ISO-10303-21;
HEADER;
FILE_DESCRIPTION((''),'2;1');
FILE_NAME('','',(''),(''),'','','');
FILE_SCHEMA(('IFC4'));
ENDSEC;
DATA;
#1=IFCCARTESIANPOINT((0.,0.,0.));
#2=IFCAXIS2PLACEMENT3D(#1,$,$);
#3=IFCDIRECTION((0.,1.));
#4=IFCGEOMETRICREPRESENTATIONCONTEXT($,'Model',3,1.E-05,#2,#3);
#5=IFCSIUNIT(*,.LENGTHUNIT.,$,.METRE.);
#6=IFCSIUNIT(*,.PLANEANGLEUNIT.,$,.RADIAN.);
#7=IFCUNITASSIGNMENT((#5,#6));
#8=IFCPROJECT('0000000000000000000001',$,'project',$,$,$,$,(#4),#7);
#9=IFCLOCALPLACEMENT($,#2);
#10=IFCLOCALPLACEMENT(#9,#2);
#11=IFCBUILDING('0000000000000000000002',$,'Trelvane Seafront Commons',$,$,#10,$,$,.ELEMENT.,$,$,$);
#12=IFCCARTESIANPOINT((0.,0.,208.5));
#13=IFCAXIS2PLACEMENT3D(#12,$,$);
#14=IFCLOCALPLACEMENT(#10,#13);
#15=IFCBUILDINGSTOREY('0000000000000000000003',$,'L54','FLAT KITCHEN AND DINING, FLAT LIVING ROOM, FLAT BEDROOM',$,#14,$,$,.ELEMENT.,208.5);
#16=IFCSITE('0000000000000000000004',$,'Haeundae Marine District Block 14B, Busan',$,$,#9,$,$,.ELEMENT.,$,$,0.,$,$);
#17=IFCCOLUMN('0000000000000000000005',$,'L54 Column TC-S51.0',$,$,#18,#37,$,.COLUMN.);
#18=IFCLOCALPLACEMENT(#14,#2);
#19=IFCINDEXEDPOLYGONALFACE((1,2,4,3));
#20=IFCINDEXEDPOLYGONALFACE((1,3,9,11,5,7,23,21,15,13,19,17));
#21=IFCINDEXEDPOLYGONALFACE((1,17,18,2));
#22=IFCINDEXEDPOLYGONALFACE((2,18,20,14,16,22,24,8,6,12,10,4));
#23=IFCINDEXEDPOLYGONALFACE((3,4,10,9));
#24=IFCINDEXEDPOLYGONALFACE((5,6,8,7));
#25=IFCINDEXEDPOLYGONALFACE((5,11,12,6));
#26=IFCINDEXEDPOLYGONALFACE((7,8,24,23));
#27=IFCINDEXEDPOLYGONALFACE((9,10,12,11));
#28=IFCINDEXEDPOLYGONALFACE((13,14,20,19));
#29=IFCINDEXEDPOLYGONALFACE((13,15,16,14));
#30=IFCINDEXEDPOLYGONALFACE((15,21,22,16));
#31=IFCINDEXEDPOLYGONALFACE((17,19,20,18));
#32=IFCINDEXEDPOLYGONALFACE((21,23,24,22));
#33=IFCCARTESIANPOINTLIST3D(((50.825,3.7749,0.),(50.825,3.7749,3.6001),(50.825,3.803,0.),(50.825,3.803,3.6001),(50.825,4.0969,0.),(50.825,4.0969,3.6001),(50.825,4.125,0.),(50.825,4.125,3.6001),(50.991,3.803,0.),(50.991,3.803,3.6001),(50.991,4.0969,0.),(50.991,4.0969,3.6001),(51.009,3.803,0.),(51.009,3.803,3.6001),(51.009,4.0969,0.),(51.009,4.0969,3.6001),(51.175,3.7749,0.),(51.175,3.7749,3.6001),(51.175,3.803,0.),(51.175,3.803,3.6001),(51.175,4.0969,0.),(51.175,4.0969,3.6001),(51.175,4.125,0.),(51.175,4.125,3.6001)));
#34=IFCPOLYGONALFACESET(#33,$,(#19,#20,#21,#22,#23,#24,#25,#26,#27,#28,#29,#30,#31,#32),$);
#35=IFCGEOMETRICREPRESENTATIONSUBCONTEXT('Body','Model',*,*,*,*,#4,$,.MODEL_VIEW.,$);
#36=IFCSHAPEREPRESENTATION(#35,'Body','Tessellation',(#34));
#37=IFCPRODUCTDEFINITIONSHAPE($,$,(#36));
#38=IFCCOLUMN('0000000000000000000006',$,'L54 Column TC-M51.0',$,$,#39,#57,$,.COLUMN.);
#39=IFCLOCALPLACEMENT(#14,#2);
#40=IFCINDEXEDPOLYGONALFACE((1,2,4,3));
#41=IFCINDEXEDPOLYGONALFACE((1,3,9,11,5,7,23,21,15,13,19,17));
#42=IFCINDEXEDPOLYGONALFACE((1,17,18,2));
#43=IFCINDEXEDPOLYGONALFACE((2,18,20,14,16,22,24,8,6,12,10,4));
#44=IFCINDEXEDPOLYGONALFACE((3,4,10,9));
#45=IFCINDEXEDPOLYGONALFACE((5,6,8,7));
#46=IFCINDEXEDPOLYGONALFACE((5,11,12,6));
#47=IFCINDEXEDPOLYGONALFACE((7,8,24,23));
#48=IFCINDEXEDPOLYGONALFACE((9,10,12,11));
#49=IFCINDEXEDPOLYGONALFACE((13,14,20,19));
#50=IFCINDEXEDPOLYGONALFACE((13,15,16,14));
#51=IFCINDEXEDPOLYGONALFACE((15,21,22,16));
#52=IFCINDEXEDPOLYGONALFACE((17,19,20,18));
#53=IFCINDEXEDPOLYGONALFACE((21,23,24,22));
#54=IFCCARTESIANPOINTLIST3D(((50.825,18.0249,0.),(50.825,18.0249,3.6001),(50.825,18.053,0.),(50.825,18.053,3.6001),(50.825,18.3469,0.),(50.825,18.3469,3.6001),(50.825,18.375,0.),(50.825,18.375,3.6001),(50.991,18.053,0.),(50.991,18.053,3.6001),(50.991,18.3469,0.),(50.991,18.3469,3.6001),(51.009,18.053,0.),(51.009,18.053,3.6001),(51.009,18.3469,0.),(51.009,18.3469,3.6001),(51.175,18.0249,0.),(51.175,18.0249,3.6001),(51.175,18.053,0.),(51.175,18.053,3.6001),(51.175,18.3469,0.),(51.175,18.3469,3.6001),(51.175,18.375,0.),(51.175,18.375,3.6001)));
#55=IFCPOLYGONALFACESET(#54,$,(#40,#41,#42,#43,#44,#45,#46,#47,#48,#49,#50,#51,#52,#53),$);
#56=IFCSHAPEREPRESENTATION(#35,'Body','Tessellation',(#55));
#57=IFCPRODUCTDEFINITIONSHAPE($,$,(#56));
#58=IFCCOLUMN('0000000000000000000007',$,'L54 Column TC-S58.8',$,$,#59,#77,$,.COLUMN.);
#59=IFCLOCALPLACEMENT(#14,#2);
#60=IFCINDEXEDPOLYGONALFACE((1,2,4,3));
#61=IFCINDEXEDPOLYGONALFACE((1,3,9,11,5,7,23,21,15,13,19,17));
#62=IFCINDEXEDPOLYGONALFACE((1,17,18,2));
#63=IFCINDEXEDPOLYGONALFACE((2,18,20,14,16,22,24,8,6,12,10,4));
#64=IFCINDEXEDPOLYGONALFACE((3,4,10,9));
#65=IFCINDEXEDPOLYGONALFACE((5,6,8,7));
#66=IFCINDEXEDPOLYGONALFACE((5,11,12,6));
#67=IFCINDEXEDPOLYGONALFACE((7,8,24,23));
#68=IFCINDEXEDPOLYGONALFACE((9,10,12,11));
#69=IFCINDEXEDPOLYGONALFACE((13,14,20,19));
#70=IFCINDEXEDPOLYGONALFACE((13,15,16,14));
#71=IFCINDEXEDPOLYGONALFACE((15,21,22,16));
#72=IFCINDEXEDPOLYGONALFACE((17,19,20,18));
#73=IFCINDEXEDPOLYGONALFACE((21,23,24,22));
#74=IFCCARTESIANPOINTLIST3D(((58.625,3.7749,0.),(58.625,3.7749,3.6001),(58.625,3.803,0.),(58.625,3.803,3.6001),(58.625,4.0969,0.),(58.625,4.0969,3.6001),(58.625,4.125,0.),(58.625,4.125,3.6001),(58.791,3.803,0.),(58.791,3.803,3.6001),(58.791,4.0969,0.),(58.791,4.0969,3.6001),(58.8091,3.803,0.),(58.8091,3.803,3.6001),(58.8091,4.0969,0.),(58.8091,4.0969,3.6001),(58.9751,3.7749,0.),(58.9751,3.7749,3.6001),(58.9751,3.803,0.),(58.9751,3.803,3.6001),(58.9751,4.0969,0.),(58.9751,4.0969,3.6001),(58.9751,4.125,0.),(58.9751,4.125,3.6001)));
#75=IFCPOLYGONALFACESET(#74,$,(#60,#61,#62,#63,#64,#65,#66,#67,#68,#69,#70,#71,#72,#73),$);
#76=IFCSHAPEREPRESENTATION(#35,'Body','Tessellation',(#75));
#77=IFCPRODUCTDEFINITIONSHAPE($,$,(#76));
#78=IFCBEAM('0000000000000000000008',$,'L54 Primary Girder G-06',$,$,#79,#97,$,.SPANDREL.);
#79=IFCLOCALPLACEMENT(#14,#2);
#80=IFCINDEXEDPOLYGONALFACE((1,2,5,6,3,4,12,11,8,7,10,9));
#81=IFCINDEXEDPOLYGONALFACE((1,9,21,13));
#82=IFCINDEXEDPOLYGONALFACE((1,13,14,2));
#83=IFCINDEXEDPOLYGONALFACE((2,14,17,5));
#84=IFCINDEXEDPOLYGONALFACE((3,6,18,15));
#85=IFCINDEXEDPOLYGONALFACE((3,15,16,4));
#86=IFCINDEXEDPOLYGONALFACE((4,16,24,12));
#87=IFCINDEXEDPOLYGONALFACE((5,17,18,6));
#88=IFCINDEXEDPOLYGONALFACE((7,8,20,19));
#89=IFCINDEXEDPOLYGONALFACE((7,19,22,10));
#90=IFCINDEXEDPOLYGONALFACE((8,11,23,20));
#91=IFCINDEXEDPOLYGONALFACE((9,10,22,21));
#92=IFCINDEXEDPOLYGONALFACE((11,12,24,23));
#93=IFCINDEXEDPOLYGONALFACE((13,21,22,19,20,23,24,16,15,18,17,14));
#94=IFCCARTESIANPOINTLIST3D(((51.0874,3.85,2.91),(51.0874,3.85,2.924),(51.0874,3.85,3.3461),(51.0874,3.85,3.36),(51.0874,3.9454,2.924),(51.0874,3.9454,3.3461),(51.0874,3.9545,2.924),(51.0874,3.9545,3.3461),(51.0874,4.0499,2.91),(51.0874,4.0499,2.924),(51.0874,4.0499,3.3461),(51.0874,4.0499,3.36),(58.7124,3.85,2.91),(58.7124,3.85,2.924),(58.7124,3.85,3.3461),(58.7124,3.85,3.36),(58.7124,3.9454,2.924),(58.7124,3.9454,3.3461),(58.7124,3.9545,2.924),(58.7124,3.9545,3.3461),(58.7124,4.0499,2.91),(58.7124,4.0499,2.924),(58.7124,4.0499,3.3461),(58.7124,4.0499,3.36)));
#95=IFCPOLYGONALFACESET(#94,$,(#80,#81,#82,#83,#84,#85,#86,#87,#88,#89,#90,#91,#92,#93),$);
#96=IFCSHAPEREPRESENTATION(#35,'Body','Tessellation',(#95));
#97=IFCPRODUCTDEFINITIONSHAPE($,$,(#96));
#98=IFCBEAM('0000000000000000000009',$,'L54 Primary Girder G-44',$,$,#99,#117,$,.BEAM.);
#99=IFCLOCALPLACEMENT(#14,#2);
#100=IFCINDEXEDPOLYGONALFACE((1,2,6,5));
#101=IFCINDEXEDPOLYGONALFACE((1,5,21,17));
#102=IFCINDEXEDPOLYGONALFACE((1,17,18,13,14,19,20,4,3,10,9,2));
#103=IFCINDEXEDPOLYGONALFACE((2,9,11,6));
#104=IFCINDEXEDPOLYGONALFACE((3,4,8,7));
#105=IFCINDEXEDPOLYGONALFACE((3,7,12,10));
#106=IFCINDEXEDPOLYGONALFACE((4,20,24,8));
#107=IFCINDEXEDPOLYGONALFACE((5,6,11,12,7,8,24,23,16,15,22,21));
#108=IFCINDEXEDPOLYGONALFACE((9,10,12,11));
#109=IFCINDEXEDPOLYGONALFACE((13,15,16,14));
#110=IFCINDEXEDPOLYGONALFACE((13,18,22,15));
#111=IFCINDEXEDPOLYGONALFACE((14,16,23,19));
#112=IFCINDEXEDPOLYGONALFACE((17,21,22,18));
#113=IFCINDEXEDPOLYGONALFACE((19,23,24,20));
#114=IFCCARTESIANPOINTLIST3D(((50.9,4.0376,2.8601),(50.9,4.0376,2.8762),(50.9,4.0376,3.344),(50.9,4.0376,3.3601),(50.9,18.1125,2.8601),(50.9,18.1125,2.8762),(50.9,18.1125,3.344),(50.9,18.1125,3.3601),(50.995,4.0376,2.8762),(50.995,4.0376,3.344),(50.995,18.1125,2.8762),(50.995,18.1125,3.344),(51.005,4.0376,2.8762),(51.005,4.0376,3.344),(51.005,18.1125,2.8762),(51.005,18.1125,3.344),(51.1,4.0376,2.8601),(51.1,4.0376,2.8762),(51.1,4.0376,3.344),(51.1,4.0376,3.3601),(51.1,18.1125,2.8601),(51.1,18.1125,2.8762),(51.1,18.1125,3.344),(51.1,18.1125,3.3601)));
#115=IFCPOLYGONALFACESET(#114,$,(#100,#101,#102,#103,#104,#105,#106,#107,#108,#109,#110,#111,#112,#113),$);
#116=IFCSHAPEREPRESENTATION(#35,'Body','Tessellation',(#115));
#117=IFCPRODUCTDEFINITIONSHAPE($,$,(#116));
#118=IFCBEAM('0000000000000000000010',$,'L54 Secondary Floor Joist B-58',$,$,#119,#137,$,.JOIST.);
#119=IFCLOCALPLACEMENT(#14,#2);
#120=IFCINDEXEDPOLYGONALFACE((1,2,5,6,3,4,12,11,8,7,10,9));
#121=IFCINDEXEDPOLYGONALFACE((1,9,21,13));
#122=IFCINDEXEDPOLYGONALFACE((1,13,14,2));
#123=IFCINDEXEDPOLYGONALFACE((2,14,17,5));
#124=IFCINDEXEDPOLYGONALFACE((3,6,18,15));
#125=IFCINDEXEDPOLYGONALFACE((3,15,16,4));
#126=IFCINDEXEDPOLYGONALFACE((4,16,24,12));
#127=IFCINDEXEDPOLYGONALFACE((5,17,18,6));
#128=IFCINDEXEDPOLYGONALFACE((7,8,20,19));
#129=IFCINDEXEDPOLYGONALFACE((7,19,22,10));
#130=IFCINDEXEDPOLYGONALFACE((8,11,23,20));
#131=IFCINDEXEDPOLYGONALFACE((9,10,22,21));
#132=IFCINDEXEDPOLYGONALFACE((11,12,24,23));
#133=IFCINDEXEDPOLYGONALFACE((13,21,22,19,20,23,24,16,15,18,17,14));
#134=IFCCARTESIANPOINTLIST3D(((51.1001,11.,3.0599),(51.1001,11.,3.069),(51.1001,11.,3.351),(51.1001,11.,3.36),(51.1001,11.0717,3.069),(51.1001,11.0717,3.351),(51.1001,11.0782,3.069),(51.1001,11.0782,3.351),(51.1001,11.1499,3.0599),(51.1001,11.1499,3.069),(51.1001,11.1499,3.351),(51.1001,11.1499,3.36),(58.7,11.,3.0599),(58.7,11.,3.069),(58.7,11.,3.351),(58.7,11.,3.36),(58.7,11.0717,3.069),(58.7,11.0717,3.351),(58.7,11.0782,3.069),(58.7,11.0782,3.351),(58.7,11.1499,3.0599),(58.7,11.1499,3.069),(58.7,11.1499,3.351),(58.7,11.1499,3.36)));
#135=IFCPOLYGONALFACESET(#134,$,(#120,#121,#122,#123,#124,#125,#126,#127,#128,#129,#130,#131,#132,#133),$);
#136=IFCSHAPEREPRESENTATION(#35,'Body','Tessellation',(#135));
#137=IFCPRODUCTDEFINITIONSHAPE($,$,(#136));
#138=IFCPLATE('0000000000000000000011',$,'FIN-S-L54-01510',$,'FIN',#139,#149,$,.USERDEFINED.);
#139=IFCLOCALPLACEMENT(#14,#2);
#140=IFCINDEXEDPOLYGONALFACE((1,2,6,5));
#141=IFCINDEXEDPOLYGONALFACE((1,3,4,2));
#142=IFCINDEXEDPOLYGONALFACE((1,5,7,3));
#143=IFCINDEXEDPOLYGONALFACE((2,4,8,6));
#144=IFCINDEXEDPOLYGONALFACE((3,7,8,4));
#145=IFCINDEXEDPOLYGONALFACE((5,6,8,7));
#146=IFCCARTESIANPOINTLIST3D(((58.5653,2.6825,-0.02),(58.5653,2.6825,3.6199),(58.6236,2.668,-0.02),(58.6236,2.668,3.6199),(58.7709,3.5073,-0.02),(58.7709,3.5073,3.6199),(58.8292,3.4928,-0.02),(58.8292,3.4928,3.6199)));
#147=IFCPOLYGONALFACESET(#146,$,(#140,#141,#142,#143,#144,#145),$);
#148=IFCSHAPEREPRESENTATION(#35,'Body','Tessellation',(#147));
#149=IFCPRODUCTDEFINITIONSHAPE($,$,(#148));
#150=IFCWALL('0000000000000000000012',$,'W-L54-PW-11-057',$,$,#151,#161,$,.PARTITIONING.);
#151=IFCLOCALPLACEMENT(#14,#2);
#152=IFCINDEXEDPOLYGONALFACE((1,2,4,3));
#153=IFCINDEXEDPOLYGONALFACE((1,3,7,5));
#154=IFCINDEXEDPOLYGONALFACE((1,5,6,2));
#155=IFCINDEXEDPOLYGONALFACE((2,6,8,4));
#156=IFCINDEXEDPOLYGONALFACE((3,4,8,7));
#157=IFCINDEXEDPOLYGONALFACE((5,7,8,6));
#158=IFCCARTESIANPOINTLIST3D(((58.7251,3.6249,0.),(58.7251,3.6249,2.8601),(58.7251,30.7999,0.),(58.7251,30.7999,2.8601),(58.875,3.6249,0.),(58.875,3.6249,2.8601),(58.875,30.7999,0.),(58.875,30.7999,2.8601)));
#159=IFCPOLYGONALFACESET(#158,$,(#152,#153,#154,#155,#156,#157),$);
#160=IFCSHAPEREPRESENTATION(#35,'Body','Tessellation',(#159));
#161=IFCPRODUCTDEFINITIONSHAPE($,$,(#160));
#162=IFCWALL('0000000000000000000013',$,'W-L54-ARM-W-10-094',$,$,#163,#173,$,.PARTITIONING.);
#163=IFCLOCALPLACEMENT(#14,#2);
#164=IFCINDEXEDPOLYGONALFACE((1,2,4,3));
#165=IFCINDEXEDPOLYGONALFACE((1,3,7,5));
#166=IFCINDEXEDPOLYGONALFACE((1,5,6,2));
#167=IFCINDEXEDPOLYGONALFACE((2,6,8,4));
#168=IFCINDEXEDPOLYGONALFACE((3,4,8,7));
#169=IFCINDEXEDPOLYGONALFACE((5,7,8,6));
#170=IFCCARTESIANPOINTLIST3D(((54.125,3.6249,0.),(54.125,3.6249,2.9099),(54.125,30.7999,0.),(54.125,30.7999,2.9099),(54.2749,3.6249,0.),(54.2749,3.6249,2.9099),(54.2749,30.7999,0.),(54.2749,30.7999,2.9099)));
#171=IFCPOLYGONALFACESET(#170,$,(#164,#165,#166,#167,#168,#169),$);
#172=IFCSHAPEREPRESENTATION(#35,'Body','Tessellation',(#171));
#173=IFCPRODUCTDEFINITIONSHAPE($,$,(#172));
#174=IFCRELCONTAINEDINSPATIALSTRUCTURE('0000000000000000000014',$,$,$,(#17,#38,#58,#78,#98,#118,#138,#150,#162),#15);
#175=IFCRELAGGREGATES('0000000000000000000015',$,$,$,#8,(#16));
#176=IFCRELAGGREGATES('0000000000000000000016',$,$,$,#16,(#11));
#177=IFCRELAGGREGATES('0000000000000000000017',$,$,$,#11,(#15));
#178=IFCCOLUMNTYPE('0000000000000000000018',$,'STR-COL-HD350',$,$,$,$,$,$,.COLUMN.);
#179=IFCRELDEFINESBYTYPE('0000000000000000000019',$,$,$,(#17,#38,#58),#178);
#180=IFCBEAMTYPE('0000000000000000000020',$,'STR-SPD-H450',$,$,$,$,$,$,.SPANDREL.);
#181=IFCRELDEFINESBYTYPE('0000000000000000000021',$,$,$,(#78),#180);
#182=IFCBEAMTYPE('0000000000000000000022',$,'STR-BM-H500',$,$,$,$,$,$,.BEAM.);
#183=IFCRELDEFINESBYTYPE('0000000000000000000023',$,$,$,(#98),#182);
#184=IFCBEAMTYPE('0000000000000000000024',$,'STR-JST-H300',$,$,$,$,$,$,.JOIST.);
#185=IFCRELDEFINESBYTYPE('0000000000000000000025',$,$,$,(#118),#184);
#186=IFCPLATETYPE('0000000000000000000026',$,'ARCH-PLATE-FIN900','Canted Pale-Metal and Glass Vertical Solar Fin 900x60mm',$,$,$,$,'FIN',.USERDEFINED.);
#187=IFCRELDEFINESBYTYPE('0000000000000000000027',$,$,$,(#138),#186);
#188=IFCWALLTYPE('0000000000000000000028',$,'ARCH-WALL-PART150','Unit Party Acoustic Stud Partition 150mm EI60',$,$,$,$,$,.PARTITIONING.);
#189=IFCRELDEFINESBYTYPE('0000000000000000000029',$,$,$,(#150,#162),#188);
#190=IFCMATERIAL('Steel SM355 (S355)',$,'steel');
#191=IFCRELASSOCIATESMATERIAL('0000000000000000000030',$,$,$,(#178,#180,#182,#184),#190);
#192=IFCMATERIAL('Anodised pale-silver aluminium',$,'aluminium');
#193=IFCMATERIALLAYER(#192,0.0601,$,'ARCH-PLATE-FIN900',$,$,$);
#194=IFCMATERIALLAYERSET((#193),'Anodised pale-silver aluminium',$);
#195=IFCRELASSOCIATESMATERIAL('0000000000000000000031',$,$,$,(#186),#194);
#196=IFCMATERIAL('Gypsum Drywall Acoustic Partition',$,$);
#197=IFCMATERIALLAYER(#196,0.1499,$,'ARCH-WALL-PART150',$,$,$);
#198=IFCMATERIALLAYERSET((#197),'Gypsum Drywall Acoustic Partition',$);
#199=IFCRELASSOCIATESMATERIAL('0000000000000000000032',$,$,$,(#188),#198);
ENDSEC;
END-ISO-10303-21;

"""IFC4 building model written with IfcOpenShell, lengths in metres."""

from ifc_helpers import new_model, si_unit, direction, frame, frame_2d, origin, origin_2d, place, context, subcontext, project, spatial, rectangle, i_section, extrude, source, transform, mapped, material, layer, layer_set, material_profile, profile_set, type_object, element, save


model = new_model("IFC4")

# Units and contexts
model_context = context("Model", 3, precision=1e-05, world=origin(), true_north=direction((0.0, 1.0)))
body_context = subcontext(model_context, "Body", "Model", "MODEL_VIEW")
ifc_project = project(units=[si_unit("LENGTHUNIT", "METRE"), si_unit("PLANEANGLEUNIT", "RADIAN")], contexts=[model_context])

# Site, building, storey
site_placement = place(None, origin())
site = spatial("IfcSite", under=ifc_project, at=site_placement, Name="Haeundae Marine District Block 14B, Busan", CompositionType="ELEMENT", RefElevation=0.0)
building_placement = place(site_placement, origin())
building = spatial("IfcBuilding", under=site, at=building_placement, Name="Trelvane Seafront Commons", CompositionType="ELEMENT")
storey_placement = place(building_placement, frame((0.0, 0.0, 208.5)))
storey = spatial("IfcBuildingStorey", under=building, at=storey_placement, Name="L54", Description="FLAT KITCHEN AND DINING, FLAT LIVING ROOM, FLAT BEDROOM", CompositionType="ELEMENT", Elevation=208.5)

# Columns
ifc_material_1 = material(Name="Steel SM355 (S355)", Category="steel")
ifc_material_profile_1 = material_profile(ifc_material_1, i_section(OverallWidth=0.3501, OverallDepth=0.3501, WebThickness=0.0181, FlangeThickness=0.0281, at=origin_2d()), Name="HD-350x350x18x28")
ifc_profile_set_1 = profile_set([ifc_material_profile_1], Name="Steel SM355 (S355)")
column_type = type_object("IfcColumnType", Name="STR-COL-HD350", PredefinedType="COLUMN", material=ifc_profile_set_1)
shared_shape_1 = source(origin(), body_context, "Body", "SweptSolid", [
    extrude(i_section(OverallWidth=0.3501, OverallDepth=0.3501, WebThickness=0.0181, FlangeThickness=0.0281, at=origin_2d()), origin(), (0.0, 0.0, 1.0), 3.6001),
])
for number, where, z_axis, x_axis, name in (
    (1, (51.0, 3.95, 0.0), (0.0, 0.0, 1.0), (1.0, 0.0, 0.0), "L54 Column TC-S51.0"),
    (2, (51.0, 18.2, 0.0), (0.0, 0.0, 1.0), (1.0, 0.0, 0.0), "L54 Column TC-M51.0"),
    (3, (58.8, 3.95, 0.0), (0.0, 0.0, 1.0), (1.0, 0.0, 0.0), "L54 Column TC-S58.8"),
):
    element("IfcColumn", number, at=place(storey_placement, frame(where, z_axis=z_axis, x_axis=x_axis)), inside=storey, type_object=column_type, Name=name, PredefinedType="COLUMN", context=body_context, shape_type="MappedRepresentation", body=[
        mapped(shared_shape_1, transform((0.0, 0.0, 0.0), x_axis=(1.0, 0.0, 0.0), y_axis=(0.0, 1.0, 0.0), z_axis=(0.0, 0.0, 1.0), scale=1.0)),
    ])

# Beams
ifc_material_profile_2 = material_profile(ifc_material_1, i_section(OverallWidth=0.2, OverallDepth=0.45, WebThickness=0.009, FlangeThickness=0.0139, at=origin_2d()), Name="H-450x200x9x14")
ifc_profile_set_2 = profile_set([ifc_material_profile_2], Name="Steel SM355 (S355)")
beam_type_1 = type_object("IfcBeamType", Name="STR-SPD-H450", PredefinedType="SPANDREL", material=ifc_profile_set_2)
shared_shape_2 = source(origin(), body_context, "Body", "SweptSolid", [
    extrude(i_section(OverallWidth=0.2, OverallDepth=0.45, WebThickness=0.009, FlangeThickness=0.0139, at=origin_2d()), origin(), (0.0, 0.0, 1.0), 7.625),
])
beam_1_placement = place(storey_placement, frame((51.0874, 3.95, 3.135), z_axis=(1.0, 0.0, 0.0), x_axis=(0.0, 1.0, 0.0)))
element("IfcBeam", 4, at=beam_1_placement, inside=storey, type_object=beam_type_1, Name="L54 Primary Girder G-06", PredefinedType="SPANDREL", context=body_context, shape_type="MappedRepresentation", body=[
    mapped(shared_shape_2, transform((0.0, 0.0, 0.0), x_axis=(1.0, 0.0, 0.0), y_axis=(0.0, 1.0, 0.0), z_axis=(0.0, 0.0, 1.0), scale=1.0)),
])
ifc_material_profile_3 = material_profile(ifc_material_1, i_section(OverallWidth=0.2, OverallDepth=0.5, WebThickness=0.01, FlangeThickness=0.0161, at=origin_2d()), Name="H-500x200x10x16")
ifc_profile_set_3 = profile_set([ifc_material_profile_3], Name="Steel SM355 (S355)")
beam_type_2 = type_object("IfcBeamType", Name="STR-BM-H500", PredefinedType="BEAM", material=ifc_profile_set_3)
shared_shape_3 = source(origin(), body_context, "Body", "SweptSolid", [
    extrude(i_section(OverallWidth=0.2, OverallDepth=0.5, WebThickness=0.01, FlangeThickness=0.0161, at=origin_2d()), origin(), (0.0, 0.0, 1.0), 14.075),
])
beam_2_placement = place(storey_placement, frame((51.0, 4.0376, 3.1101), z_axis=(0.0, 1.0, 0.0), x_axis=(-1.0, 0.0, 0.0)))
element("IfcBeam", 5, at=beam_2_placement, inside=storey, type_object=beam_type_2, Name="L54 Primary Girder G-44", PredefinedType="BEAM", context=body_context, shape_type="MappedRepresentation", body=[
    mapped(shared_shape_3, transform((0.0, 0.0, 0.0), x_axis=(1.0, 0.0, 0.0), y_axis=(0.0, 1.0, 0.0), z_axis=(0.0, 0.0, 1.0), scale=1.0)),
])
ifc_material_profile_4 = material_profile(ifc_material_1, i_section(OverallWidth=0.1499, OverallDepth=0.3, WebThickness=0.0066, FlangeThickness=0.009, at=origin_2d()), Name="H-300x150x6.5x9")
ifc_profile_set_4 = profile_set([ifc_material_profile_4], Name="Steel SM355 (S355)")
beam_type_3 = type_object("IfcBeamType", Name="STR-JST-H300", PredefinedType="JOIST", material=ifc_profile_set_4)
shared_shape_4 = source(origin(), body_context, "Body", "SweptSolid", [
    extrude(i_section(OverallWidth=0.1499, OverallDepth=0.3, WebThickness=0.0066, FlangeThickness=0.009, at=origin_2d()), origin(), (0.0, 0.0, 1.0), 7.5999),
])
beam_3_placement = place(storey_placement, frame((51.1001, 11.075, 3.21), z_axis=(1.0, 0.0, 0.0), x_axis=(0.0, 1.0, 0.0)))
element("IfcBeam", 6, at=beam_3_placement, inside=storey, type_object=beam_type_3, Name="L54 Secondary Floor Joist B-58", PredefinedType="JOIST", context=body_context, shape_type="MappedRepresentation", body=[
    mapped(shared_shape_4, transform((0.0, 0.0, 0.0), x_axis=(1.0, 0.0, 0.0), y_axis=(0.0, 1.0, 0.0), z_axis=(0.0, 0.0, 1.0), scale=1.0)),
])

# Plate
ifc_material_2 = material(Name="Anodised pale-silver aluminium", Category="aluminium")
ifc_layer_1 = layer(ifc_material_2, 0.0601, Name="ARCH-PLATE-FIN900")
ifc_layer_set_1 = layer_set([ifc_layer_1], Name="Anodised pale-silver aluminium")
plate_type = type_object("IfcPlateType", Name="ARCH-PLATE-FIN900", Description="Canted Pale-Metal and Glass Vertical Solar Fin 900x60mm", ElementType="FIN", PredefinedType="USERDEFINED", material=ifc_layer_set_1)
shared_shape_5 = source(origin(), body_context, "Body", "SweptSolid", [
    extrude(rectangle(XDim=0.8501, YDim=0.0601, at=origin_2d()), origin(), (0.0, 0.0, 1.0), 3.6399),
])
plate_placement = place(storey_placement, frame((58.6973, 3.0876, -0.02), z_axis=(0.0, 0.0, 1.0), x_axis=(-0.241871, -0.970308, 0.0)))
element("IfcPlate", 7, at=plate_placement, inside=storey, type_object=plate_type, Name="FIN-S-L54-01510", ObjectType="FIN", PredefinedType="USERDEFINED", context=body_context, shape_type="MappedRepresentation", body=[
    mapped(shared_shape_5, transform((0.0, 0.0, 0.0), x_axis=(1.0, 0.0, 0.0), y_axis=(0.0, 1.0, 0.0), z_axis=(0.0, 0.0, 1.0), scale=1.0)),
])

# Shared definitions
ifc_material_3 = material(Name="Gypsum Drywall Acoustic Partition")

# Walls
ifc_layer_2 = layer(ifc_material_3, 0.1499, Name="ARCH-WALL-PART150")
ifc_layer_set_2 = layer_set([ifc_layer_2], Name="Gypsum Drywall Acoustic Partition")
wall_type_1 = type_object("IfcWallType", Name="ARCH-WALL-PART150", Description="Unit Party Acoustic Stud Partition 150mm EI60", PredefinedType="PARTITIONING", material=ifc_layer_set_2)
wall_1_placement = place(storey_placement, frame((58.8, 3.625, 0.0), z_axis=(0.0, 0.0, 1.0), x_axis=(0.0, 1.0, 0.0)))
element("IfcWall", 8, at=wall_1_placement, inside=storey, type_object=wall_type_1, Name="W-L54-PW-11-057", PredefinedType="PARTITIONING", context=body_context, shape_type="SweptSolid", body=[
    extrude(rectangle(XDim=27.175, YDim=0.1499, at=frame_2d((13.5874, 0.0))), origin(), (0.0, 0.0, 1.0), 2.8601),
])
for number, where, z_axis, x_axis, name in (
    (9, (54.2, 3.625, 0.0), (0.0, 0.0, 1.0), (0.0, 1.0, 0.0), "W-L54-ARM-W-10-094"),
):
    element("IfcWall", number, at=place(storey_placement, frame(where, z_axis=z_axis, x_axis=x_axis)), inside=storey, type_object=wall_type_1, Name=name, PredefinedType="PARTITIONING", context=body_context, shape_type="SweptSolid", body=[
        extrude(rectangle(XDim=27.175, YDim=0.1499, at=frame_2d((13.5874, 0.0))), origin(), (0.0, 0.0, 1.0), 2.9099),
    ])

save(model, "model.ifc")
